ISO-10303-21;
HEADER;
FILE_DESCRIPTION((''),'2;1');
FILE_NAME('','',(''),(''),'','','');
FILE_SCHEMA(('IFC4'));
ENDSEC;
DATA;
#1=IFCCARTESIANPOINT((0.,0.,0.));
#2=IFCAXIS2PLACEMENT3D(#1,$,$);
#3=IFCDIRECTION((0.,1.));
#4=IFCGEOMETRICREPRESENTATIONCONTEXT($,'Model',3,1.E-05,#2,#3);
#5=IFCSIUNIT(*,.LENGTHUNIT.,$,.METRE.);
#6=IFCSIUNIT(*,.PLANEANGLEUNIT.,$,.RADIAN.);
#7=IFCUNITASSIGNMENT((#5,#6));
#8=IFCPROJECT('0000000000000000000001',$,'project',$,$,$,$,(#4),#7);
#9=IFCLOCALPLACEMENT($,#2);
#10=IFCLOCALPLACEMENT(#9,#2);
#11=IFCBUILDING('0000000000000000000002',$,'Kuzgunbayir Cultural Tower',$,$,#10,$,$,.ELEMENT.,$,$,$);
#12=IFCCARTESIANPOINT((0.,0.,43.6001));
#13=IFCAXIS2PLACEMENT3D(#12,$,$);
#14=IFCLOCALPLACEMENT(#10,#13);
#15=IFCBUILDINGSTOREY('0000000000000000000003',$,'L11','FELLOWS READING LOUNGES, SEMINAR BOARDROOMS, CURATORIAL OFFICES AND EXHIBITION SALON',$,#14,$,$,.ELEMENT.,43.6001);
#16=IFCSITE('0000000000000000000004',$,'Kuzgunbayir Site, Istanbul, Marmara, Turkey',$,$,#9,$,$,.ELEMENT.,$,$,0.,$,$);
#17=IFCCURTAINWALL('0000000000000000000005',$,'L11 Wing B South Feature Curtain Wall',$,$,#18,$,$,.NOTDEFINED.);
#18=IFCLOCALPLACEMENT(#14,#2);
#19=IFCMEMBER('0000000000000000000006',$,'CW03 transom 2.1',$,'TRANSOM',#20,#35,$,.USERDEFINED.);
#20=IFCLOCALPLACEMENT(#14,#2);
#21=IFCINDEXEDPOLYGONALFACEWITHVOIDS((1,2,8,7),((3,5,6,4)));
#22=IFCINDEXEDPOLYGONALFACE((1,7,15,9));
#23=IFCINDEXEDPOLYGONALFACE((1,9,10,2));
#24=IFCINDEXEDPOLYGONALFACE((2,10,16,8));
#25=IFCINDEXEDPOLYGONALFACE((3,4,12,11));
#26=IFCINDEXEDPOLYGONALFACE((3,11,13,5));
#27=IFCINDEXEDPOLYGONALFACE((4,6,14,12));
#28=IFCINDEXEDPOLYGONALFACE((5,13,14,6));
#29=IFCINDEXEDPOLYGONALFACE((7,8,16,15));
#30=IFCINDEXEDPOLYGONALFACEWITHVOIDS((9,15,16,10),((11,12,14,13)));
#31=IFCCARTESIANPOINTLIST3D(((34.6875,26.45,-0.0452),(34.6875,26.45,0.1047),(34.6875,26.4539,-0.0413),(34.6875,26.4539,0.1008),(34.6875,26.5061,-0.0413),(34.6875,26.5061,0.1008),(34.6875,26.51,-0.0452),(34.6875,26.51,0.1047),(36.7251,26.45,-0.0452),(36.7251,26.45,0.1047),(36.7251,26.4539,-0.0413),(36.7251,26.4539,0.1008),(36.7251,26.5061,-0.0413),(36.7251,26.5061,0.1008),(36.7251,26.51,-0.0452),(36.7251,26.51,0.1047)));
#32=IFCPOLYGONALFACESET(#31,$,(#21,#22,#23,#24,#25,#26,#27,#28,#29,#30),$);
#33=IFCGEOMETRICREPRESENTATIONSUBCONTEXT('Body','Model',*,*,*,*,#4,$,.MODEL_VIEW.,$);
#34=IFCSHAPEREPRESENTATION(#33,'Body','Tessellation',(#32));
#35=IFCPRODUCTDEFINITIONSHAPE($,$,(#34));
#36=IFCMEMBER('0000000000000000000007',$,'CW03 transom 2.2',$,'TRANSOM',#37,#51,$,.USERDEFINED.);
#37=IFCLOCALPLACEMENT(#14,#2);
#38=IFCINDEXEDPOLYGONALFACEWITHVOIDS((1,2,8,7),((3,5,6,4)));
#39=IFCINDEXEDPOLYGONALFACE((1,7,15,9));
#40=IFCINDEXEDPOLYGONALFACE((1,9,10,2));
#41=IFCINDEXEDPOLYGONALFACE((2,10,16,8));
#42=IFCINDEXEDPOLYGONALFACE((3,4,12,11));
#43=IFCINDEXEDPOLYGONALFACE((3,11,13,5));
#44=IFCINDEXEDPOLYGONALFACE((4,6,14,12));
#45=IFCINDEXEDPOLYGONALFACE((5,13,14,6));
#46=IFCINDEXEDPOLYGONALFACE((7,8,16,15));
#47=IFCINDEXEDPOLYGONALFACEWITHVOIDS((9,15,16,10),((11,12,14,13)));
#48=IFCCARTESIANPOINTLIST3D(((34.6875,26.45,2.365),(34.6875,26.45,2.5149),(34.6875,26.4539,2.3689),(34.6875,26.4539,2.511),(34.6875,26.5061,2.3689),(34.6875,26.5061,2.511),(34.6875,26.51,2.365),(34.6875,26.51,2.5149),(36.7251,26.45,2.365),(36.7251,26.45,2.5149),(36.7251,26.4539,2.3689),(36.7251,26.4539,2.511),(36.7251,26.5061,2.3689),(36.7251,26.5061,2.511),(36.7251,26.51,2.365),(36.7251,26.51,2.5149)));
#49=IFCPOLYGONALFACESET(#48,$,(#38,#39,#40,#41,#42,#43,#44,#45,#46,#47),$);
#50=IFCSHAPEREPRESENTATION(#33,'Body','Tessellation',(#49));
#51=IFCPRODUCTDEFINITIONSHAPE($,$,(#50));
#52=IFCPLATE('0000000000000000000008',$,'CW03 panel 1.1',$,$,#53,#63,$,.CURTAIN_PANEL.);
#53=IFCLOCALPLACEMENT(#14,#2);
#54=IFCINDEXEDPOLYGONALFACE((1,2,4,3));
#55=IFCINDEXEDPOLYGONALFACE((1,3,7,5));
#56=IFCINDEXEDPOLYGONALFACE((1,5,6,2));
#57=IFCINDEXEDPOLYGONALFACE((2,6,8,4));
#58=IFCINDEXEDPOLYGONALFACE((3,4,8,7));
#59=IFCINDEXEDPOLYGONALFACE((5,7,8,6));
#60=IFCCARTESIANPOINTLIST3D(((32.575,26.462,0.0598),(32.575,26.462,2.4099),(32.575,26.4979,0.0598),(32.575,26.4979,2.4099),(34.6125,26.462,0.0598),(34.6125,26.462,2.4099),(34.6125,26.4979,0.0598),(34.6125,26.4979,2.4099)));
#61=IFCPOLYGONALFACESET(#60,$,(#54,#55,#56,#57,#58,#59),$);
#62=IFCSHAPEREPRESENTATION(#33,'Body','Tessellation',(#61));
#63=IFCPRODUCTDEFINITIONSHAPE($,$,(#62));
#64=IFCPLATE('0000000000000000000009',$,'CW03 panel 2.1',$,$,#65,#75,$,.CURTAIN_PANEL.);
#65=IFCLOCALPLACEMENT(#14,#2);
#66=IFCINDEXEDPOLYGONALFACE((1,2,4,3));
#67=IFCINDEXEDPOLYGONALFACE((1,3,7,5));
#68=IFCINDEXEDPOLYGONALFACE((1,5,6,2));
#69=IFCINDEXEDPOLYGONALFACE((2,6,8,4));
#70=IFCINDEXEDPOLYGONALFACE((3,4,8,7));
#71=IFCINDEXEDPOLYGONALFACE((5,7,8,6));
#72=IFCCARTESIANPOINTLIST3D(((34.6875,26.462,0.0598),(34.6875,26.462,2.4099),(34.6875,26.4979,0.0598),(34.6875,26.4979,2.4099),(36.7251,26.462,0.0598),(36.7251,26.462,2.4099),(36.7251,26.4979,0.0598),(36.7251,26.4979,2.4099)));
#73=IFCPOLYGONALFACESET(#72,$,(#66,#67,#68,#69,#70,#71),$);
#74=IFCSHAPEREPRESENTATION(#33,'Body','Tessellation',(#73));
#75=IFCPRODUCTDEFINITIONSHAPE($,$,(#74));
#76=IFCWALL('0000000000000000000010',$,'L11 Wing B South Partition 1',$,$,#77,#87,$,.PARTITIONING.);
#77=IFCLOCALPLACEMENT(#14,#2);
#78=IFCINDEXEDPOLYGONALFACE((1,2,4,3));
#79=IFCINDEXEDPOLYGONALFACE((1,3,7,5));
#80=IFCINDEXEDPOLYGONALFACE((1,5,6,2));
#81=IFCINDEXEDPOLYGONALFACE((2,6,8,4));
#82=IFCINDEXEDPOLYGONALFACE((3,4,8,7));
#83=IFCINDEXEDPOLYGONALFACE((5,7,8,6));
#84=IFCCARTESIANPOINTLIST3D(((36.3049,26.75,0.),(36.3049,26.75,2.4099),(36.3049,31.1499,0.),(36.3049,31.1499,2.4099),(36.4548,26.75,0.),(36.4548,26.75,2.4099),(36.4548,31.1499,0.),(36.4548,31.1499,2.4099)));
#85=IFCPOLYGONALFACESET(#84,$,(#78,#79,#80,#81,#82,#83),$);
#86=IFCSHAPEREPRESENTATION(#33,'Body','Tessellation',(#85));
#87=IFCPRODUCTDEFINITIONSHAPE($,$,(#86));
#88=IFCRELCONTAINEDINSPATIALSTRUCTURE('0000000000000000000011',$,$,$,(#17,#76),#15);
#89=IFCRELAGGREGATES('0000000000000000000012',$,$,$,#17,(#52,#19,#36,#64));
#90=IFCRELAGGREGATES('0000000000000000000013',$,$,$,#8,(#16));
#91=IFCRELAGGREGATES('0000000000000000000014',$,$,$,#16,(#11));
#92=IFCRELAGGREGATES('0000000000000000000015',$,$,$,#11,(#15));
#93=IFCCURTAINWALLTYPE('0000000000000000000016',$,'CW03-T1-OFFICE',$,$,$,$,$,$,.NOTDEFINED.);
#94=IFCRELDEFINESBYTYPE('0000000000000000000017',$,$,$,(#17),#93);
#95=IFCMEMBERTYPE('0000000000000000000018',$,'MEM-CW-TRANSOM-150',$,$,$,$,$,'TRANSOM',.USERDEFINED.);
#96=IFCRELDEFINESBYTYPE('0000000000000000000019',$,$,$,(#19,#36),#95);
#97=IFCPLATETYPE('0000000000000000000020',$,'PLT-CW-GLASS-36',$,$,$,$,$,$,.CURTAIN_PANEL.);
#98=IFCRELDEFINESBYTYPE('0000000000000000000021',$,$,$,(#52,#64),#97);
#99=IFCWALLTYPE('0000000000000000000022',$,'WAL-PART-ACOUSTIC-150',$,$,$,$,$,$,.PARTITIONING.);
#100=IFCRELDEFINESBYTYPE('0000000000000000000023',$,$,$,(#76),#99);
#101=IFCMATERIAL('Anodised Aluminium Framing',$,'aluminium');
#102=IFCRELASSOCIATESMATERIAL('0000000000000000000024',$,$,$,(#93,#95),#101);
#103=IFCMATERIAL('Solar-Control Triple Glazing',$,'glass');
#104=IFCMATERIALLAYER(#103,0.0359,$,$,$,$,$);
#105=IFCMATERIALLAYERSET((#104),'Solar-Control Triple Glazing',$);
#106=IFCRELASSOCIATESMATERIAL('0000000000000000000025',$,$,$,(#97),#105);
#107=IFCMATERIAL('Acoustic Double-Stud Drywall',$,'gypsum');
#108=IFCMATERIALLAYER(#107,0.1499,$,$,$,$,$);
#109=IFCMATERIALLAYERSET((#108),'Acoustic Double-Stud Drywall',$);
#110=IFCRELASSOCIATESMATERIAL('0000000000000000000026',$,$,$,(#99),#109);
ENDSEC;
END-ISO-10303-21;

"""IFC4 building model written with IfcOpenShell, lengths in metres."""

from ifc_helpers import new_model, si_unit, direction, frame, frame_2d, origin, origin_2d, place, context, subcontext, project, spatial, rectangle, hollow_rectangle, extrude, material, layer, layer_set, material_profile, profile_set, type_object, element, aggregate, save


model = new_model("IFC4")

# Units and contexts
model_context = context("Model", 3, precision=1e-05, world=origin(), true_north=direction((0.0, 1.0)))
body_context = subcontext(model_context, "Body", "Model", "MODEL_VIEW")
ifc_project = project(units=[si_unit("LENGTHUNIT", "METRE"), si_unit("PLANEANGLEUNIT", "RADIAN")], contexts=[model_context])

# Site, building, storey
site_placement = place(None, origin())
site = spatial("IfcSite", under=ifc_project, at=site_placement, Name="Kuzgunbayir Site, Istanbul, Marmara, Turkey", CompositionType="ELEMENT", RefElevation=0.0)
building_placement = place(site_placement, origin())
building = spatial("IfcBuilding", under=site, at=building_placement, Name="Kuzgunbayir Cultural Tower", CompositionType="ELEMENT")
storey_placement = place(building_placement, frame((0.0, 0.0, 43.6001)))
storey = spatial("IfcBuildingStorey", under=building, at=storey_placement, Name="L11", Description="FELLOWS READING LOUNGES, SEMINAR BOARDROOMS, CURATORIAL OFFICES AND EXHIBITION SALON", CompositionType="ELEMENT", Elevation=43.6001)

# Curtain wall, members, plates
ifc_material_1 = material(Name="Anodised Aluminium Framing", Category="aluminium")
curtain_wall_type = type_object("IfcCurtainWallType", Name="CW03-T1-OFFICE", PredefinedType="NOTDEFINED", material=ifc_material_1)
curtain_wall_placement = place(storey_placement, origin())
curtain_wall = element("IfcCurtainWall", 1, at=curtain_wall_placement, inside=storey, type_object=curtain_wall_type, Name="L11 Wing B South Feature Curtain Wall", PredefinedType="NOTDEFINED")
ifc_material_profile_1 = material_profile(ifc_material_1, hollow_rectangle(XDim=0.0601, YDim=0.1499, WallThickness=0.0039, at=origin_2d()), Name="RHS 150x60x4")
ifc_profile_set_1 = profile_set([ifc_material_profile_1], Name="Anodised Aluminium Framing")
member_type_1 = type_object("IfcMemberType", Name="MEM-CW-TRANSOM-150", ElementType="TRANSOM", PredefinedType="USERDEFINED", material=ifc_profile_set_1)
member_1_placement = place(storey_placement, frame((34.6875, 26.48, 0.0298), z_axis=(1.0, 0.0, 0.0), x_axis=(0.0, 1.0, 0.0)))
member_1 = element("IfcMember", 2, at=member_1_placement, type_object=member_type_1, Name="CW03 transom 2.1", ObjectType="TRANSOM", PredefinedType="USERDEFINED", context=body_context, shape_type="SweptSolid", body=[
    extrude(hollow_rectangle(XDim=0.0601, YDim=0.1499, WallThickness=0.0039, at=origin_2d()), origin(), (0.0, 0.0, 1.0), 2.0376),
])
member_2_placement = place(storey_placement, frame((34.6875, 26.48, 2.4399), z_axis=(1.0, 0.0, 0.0), x_axis=(0.0, 1.0, 0.0)))
member_2 = element("IfcMember", 3, at=member_2_placement, type_object=member_type_1, Name="CW03 transom 2.2", ObjectType="TRANSOM", PredefinedType="USERDEFINED", context=body_context, shape_type="SweptSolid", body=[
    extrude(hollow_rectangle(XDim=0.0601, YDim=0.1499, WallThickness=0.0039, at=origin_2d()), origin(), (0.0, 0.0, 1.0), 2.0376),
])
ifc_material_2 = material(Name="Solar-Control Triple Glazing", Category="glass")
ifc_layer_1 = layer(ifc_material_2, 0.0359)
ifc_layer_set_1 = layer_set([ifc_layer_1], Name="Solar-Control Triple Glazing")
plate_type = type_object("IfcPlateType", Name="PLT-CW-GLASS-36", PredefinedType="CURTAIN_PANEL", material=ifc_layer_set_1)
plate_1_placement = place(storey_placement, frame((33.5938, 26.48, 0.0598), z_axis=(0.0, 0.0, 1.0), x_axis=(1.0, 0.0, 0.0)))
plate_1 = element("IfcPlate", 4, at=plate_1_placement, type_object=plate_type, Name="CW03 panel 1.1", PredefinedType="CURTAIN_PANEL", context=body_context, shape_type="SweptSolid", body=[
    extrude(rectangle(XDim=2.0376, YDim=0.0359, at=origin_2d()), origin(), (0.0, 0.0, 1.0), 2.3501),
])
plate_2_placement = place(storey_placement, frame((35.7063, 26.48, 0.0598), z_axis=(0.0, 0.0, 1.0), x_axis=(1.0, 0.0, 0.0)))
plate_2 = element("IfcPlate", 5, at=plate_2_placement, type_object=plate_type, Name="CW03 panel 2.1", PredefinedType="CURTAIN_PANEL", context=body_context, shape_type="SweptSolid", body=[
    extrude(rectangle(XDim=2.0376, YDim=0.0359, at=origin_2d()), origin(), (0.0, 0.0, 1.0), 2.3501),
])
aggregate(curtain_wall, [plate_1, member_1, member_2, plate_2])

# Wall
ifc_material_3 = material(Name="Acoustic Double-Stud Drywall", Category="gypsum")
ifc_layer_2 = layer(ifc_material_3, 0.1499)
ifc_layer_set_2 = layer_set([ifc_layer_2], Name="Acoustic Double-Stud Drywall")
wall_type = type_object("IfcWallType", Name="WAL-PART-ACOUSTIC-150", PredefinedType="PARTITIONING", material=ifc_layer_set_2)
wall_placement = place(storey_placement, frame((36.3799, 26.75, 0.0), z_axis=(0.0, 0.0, 1.0), x_axis=(0.0, 1.0, 0.0)))
element("IfcWall", 6, at=wall_placement, inside=storey, type_object=wall_type, Name="L11 Wing B South Partition 1", PredefinedType="PARTITIONING", context=body_context, shape_type="SweptSolid", body=[
    extrude(rectangle(XDim=4.3999, YDim=0.1499, at=frame_2d((2.2, 0.0))), origin(), (0.0, 0.0, 1.0), 2.4099),
])

save(model, "model.ifc")
